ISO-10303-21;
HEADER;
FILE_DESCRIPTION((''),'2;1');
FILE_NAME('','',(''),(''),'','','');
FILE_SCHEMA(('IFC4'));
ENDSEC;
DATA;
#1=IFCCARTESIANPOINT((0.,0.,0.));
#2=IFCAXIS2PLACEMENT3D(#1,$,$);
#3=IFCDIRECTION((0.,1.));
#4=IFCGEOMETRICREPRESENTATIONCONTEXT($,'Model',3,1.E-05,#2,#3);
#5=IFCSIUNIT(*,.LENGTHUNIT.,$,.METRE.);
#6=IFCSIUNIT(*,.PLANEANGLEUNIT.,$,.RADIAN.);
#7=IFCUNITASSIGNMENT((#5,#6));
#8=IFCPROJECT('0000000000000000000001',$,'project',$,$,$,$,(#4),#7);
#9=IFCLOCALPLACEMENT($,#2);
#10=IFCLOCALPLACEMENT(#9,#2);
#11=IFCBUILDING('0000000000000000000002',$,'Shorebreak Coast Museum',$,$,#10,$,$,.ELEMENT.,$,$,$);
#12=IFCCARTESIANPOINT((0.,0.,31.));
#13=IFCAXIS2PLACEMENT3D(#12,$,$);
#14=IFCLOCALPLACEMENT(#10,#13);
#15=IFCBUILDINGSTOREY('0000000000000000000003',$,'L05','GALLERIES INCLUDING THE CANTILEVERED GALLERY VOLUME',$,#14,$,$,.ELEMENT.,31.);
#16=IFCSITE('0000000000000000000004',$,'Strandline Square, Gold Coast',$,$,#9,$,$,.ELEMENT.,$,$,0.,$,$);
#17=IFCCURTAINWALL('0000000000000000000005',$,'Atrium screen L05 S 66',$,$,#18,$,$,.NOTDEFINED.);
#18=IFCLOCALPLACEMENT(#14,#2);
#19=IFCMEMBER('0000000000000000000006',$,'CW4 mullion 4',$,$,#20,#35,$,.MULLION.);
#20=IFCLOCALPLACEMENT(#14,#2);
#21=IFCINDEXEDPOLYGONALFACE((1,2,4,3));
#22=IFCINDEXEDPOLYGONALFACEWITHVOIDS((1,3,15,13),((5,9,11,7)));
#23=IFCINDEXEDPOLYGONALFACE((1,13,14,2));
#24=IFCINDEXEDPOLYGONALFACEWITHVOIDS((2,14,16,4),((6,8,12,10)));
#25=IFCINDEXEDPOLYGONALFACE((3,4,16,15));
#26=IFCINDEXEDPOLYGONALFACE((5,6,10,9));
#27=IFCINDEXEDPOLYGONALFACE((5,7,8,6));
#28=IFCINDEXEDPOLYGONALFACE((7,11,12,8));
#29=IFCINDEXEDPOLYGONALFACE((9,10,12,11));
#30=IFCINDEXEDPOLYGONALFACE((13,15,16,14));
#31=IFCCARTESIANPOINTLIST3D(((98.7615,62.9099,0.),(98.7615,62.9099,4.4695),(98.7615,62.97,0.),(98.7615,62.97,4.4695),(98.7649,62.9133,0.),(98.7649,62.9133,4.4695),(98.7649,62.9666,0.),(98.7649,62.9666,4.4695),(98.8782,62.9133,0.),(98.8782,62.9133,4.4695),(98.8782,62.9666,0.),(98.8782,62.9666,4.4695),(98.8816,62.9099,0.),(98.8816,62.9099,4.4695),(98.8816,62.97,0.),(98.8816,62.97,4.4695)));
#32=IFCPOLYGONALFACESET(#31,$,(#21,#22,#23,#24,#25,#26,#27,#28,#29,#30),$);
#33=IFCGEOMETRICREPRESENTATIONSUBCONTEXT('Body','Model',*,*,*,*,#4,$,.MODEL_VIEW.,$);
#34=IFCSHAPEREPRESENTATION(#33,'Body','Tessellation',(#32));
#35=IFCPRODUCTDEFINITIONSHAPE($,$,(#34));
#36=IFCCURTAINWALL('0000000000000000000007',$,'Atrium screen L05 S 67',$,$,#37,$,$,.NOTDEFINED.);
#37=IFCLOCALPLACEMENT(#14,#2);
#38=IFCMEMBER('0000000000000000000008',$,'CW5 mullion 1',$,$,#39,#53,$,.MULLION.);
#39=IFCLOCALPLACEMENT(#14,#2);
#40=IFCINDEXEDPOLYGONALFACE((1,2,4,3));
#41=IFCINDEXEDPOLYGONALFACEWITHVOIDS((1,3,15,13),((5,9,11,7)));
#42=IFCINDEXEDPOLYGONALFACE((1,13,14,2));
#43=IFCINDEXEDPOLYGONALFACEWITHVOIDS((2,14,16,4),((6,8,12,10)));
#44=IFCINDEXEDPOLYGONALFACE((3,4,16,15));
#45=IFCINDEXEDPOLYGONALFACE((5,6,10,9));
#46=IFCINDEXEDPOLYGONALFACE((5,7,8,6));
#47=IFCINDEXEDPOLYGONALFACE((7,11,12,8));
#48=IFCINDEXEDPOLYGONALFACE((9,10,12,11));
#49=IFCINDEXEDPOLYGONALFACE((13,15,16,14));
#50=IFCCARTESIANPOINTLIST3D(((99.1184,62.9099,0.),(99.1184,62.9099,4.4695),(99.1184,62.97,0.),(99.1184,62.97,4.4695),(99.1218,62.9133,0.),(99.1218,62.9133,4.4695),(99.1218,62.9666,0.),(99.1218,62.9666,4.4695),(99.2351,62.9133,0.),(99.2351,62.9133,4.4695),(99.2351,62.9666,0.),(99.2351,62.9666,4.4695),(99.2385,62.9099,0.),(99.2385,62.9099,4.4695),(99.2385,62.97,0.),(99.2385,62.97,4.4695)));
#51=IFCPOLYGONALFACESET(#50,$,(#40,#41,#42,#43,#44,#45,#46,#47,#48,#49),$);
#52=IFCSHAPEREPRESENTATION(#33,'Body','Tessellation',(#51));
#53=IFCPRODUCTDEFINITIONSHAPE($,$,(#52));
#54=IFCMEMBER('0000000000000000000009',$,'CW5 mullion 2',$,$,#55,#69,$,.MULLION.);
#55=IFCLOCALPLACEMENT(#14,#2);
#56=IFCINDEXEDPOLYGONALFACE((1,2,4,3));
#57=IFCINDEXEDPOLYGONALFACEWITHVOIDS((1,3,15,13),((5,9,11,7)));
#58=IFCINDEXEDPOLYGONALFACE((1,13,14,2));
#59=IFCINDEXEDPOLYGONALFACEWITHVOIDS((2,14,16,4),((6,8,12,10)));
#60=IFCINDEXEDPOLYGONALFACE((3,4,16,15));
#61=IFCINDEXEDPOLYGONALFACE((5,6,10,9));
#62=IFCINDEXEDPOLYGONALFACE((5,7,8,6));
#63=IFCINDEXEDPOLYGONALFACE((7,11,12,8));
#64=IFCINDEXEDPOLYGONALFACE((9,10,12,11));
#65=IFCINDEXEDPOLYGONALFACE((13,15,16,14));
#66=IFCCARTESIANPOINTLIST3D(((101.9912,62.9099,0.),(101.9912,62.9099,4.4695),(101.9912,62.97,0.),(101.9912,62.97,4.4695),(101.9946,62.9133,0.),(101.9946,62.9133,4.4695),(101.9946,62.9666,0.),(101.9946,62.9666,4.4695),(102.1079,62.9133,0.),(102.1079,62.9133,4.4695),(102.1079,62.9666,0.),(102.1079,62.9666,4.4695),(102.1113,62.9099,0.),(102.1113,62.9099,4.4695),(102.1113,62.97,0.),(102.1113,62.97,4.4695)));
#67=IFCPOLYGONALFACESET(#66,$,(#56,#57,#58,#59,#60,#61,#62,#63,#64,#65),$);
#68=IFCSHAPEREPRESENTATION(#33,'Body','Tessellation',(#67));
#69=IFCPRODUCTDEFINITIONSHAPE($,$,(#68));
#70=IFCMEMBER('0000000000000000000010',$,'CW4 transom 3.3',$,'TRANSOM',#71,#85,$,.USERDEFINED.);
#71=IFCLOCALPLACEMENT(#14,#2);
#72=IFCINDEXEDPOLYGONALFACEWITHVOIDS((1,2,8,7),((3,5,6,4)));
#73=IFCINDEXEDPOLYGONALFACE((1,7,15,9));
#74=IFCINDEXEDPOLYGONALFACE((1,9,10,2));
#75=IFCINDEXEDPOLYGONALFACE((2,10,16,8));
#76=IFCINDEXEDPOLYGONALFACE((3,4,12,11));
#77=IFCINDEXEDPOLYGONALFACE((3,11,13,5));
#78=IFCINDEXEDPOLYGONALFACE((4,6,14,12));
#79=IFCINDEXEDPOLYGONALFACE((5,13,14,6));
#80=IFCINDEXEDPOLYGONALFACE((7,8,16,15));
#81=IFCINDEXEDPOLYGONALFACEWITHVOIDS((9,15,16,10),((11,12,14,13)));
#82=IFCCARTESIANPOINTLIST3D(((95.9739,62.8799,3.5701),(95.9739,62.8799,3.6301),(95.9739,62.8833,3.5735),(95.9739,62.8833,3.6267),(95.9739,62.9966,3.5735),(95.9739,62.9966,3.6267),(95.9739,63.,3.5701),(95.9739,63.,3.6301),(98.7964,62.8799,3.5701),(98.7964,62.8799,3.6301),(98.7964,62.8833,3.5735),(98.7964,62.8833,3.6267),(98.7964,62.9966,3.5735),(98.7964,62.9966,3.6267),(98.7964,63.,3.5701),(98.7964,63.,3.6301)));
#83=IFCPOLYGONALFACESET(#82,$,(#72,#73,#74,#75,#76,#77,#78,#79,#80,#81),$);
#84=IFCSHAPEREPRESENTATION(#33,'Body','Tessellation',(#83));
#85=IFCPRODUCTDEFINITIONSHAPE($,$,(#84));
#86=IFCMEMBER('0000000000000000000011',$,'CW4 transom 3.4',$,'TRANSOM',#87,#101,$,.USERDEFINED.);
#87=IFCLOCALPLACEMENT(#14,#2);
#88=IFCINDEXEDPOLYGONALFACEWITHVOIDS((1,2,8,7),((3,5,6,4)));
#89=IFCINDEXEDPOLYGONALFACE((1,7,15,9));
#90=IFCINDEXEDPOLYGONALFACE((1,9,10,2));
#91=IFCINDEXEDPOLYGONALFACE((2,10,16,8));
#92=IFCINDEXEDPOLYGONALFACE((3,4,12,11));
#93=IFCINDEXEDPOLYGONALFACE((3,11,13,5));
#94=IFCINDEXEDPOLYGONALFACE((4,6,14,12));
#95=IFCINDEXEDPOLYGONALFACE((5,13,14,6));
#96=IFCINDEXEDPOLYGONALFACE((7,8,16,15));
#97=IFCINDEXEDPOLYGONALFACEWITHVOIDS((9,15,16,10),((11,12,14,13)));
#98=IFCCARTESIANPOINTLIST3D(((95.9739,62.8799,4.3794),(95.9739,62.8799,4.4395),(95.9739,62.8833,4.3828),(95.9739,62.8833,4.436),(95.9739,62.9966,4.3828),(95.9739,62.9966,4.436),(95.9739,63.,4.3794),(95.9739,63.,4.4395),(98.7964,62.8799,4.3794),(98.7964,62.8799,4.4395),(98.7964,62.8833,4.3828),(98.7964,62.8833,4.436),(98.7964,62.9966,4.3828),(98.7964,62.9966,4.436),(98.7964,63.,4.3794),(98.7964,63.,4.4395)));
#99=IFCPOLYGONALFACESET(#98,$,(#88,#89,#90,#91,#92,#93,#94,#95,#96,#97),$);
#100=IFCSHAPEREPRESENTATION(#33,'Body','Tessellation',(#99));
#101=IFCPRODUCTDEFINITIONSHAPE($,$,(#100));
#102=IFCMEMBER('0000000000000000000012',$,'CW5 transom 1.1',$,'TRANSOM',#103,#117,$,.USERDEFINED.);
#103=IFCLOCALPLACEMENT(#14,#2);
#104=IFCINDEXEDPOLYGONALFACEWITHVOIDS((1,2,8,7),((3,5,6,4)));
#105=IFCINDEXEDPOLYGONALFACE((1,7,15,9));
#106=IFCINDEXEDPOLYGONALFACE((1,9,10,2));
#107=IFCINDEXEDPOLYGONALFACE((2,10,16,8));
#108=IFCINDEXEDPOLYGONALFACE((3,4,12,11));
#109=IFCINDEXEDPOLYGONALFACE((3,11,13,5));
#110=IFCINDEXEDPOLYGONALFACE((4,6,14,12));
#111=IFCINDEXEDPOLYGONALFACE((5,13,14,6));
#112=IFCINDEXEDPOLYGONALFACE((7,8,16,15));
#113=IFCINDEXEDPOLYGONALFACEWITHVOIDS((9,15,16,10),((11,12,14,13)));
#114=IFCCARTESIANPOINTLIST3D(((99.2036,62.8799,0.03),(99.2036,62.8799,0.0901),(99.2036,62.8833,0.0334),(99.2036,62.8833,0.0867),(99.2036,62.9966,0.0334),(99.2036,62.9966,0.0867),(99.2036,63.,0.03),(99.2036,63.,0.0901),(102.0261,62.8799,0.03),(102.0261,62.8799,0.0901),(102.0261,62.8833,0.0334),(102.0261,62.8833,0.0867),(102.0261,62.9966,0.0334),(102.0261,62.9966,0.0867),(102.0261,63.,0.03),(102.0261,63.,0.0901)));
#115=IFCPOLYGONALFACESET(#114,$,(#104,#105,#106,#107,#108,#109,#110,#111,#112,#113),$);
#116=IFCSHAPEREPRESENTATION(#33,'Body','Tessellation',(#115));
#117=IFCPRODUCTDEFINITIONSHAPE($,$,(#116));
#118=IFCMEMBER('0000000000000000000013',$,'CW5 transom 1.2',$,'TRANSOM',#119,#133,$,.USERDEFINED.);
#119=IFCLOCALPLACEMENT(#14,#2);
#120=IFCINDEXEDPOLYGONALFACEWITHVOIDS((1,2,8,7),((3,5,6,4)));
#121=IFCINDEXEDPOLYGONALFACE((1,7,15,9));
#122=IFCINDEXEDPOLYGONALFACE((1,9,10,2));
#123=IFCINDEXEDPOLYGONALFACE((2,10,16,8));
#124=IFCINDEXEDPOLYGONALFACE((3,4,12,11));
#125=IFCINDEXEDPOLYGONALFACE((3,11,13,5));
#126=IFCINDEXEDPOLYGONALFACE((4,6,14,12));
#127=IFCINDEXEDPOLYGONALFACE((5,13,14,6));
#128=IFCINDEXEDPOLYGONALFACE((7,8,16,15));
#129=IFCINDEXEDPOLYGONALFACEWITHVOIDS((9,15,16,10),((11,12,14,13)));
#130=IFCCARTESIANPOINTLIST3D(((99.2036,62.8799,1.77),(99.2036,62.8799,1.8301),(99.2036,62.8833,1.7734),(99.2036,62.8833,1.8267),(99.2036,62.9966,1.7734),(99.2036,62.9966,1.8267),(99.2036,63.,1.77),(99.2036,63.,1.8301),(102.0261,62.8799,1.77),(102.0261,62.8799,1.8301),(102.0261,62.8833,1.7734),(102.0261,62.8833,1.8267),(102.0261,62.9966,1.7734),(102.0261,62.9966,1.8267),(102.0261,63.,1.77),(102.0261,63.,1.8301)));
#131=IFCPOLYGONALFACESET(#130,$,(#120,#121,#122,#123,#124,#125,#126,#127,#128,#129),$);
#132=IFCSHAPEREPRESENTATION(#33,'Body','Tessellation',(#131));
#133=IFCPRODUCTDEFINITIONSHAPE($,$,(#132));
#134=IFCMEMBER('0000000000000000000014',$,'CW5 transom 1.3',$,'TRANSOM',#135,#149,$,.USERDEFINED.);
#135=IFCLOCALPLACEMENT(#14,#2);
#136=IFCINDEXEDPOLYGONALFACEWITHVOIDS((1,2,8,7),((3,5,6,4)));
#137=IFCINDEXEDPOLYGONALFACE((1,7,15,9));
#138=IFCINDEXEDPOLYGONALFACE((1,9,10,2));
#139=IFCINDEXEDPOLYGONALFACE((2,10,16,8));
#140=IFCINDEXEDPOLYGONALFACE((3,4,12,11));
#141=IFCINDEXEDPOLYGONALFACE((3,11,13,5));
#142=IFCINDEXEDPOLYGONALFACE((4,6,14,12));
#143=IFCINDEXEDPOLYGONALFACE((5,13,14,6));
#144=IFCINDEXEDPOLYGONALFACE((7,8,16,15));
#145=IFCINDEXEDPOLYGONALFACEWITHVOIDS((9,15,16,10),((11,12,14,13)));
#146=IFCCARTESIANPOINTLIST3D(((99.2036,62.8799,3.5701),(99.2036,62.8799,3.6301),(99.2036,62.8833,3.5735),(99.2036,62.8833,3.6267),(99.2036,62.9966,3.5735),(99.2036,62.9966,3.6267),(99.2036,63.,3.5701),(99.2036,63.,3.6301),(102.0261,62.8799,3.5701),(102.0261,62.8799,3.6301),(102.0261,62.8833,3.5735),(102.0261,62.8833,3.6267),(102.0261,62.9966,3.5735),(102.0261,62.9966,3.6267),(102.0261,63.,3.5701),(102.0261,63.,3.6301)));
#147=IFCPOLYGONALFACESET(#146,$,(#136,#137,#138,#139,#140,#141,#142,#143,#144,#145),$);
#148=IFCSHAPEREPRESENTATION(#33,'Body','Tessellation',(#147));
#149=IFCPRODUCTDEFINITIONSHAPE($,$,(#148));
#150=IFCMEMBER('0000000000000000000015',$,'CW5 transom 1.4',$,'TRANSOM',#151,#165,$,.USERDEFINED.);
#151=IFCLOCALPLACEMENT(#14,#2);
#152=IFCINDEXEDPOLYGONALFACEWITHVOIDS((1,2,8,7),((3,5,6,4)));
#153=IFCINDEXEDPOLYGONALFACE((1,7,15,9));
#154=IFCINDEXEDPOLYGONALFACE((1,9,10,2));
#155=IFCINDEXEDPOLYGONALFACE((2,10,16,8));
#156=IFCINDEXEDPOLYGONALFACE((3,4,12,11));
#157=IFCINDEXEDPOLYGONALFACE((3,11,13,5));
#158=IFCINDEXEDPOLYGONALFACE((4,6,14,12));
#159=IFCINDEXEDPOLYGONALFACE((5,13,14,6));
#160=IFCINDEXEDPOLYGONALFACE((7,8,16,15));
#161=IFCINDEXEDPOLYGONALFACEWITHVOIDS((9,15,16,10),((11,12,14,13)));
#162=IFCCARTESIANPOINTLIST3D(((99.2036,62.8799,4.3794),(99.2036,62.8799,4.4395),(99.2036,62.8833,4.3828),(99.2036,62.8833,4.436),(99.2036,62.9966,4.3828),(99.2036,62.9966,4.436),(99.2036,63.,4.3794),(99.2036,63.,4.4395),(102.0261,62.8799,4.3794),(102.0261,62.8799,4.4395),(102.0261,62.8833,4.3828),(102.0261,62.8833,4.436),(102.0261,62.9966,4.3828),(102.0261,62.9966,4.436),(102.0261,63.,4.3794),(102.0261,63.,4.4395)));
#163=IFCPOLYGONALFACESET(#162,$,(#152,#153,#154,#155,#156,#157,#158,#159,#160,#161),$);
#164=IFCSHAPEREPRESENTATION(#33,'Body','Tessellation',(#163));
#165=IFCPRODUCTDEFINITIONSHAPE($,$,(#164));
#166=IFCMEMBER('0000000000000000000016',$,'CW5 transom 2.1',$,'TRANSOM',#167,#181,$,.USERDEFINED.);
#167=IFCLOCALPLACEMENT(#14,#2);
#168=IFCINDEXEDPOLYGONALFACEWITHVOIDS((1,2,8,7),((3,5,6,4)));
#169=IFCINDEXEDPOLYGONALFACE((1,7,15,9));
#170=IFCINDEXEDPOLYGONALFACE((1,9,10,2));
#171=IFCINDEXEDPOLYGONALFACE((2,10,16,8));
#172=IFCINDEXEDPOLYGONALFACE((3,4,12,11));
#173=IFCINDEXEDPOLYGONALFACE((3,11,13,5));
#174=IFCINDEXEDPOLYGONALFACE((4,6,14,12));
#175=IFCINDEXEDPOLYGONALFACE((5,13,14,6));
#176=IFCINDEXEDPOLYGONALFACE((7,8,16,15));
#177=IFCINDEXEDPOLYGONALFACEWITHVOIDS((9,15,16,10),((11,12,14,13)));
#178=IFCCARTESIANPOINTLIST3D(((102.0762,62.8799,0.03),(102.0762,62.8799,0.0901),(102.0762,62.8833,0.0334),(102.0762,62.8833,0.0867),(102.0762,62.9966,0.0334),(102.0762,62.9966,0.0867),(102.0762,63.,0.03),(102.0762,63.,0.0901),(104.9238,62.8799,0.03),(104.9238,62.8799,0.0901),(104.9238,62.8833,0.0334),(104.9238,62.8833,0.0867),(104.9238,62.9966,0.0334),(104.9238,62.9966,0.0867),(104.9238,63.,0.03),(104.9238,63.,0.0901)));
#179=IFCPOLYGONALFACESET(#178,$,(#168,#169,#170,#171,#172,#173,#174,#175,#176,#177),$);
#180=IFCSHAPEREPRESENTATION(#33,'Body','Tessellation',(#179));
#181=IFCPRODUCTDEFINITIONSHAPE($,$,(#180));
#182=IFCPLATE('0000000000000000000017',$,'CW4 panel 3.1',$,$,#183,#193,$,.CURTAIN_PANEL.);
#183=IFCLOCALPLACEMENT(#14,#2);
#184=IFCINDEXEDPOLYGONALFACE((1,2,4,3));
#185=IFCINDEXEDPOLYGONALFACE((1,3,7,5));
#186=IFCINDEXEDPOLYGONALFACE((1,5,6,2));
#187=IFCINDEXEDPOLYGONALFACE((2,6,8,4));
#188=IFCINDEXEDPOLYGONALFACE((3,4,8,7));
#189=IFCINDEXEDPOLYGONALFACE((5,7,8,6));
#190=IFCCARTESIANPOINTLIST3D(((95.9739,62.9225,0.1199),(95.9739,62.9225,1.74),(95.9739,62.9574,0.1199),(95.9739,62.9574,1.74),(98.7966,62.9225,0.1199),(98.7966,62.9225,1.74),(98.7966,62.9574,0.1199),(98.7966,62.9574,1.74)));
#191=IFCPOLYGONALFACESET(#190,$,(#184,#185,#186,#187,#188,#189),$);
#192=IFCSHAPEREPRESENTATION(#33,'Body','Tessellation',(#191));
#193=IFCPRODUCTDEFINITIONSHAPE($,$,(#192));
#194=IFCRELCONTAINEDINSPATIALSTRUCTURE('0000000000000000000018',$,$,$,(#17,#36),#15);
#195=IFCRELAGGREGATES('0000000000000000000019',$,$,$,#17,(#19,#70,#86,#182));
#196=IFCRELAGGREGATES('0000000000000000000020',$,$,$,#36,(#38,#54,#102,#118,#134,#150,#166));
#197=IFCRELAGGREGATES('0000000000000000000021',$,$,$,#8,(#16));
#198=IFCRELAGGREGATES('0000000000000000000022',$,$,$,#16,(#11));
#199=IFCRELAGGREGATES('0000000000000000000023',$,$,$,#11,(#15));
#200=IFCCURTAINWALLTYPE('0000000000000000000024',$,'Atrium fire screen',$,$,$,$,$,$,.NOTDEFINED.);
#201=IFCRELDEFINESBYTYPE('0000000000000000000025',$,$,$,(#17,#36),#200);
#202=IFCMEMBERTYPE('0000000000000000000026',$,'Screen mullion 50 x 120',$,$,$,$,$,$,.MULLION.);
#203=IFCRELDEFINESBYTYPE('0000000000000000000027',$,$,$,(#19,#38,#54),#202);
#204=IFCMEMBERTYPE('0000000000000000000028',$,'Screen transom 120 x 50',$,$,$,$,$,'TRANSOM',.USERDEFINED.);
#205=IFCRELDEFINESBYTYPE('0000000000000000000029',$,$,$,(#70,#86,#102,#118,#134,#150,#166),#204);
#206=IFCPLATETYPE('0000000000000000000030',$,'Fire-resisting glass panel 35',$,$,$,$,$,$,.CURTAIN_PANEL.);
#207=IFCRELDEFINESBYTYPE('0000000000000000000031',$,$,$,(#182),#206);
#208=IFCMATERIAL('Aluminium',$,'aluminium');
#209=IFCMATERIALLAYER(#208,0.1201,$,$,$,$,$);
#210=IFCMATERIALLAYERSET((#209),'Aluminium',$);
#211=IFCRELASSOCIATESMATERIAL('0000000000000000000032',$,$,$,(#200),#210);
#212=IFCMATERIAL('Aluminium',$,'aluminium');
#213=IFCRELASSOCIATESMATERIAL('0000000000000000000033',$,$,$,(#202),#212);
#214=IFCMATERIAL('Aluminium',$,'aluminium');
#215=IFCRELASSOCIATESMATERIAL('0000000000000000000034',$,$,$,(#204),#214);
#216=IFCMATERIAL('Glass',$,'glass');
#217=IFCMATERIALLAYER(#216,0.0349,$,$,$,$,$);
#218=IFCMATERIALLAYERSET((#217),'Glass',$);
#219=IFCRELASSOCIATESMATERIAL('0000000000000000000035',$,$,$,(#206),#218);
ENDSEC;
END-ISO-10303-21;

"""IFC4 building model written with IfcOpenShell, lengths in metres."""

from ifc_helpers import new_model, si_unit, direction, frame, origin, origin_2d, place, context, subcontext, project, spatial, rectangle, hollow_rectangle, extrude, material, layer, layer_set, material_profile, profile_set, type_object, element, aggregate, save


model = new_model("IFC4")

# Units and contexts
model_context = context("Model", 3, precision=1e-05, world=origin(), true_north=direction((0.0, 1.0)))
body_context = subcontext(model_context, "Body", "Model", "MODEL_VIEW")
ifc_project = project(units=[si_unit("LENGTHUNIT", "METRE"), si_unit("PLANEANGLEUNIT", "RADIAN")], contexts=[model_context])

# Site, building, storey
site_placement = place(None, origin())
site = spatial("IfcSite", under=ifc_project, at=site_placement, Name="Strandline Square, Gold Coast", CompositionType="ELEMENT", RefElevation=0.0)
building_placement = place(site_placement, origin())
building = spatial("IfcBuilding", under=site, at=building_placement, Name="Shorebreak Coast Museum", CompositionType="ELEMENT")
storey_placement = place(building_placement, frame((0.0, 0.0, 31.0)))
storey = spatial("IfcBuildingStorey", under=building, at=storey_placement, Name="L05", Description="GALLERIES INCLUDING THE CANTILEVERED GALLERY VOLUME", CompositionType="ELEMENT", Elevation=31.0)

# Curtain wall, member
ifc_material_1 = material(Name="Aluminium", Category="aluminium")
ifc_layer_1 = layer(ifc_material_1, 0.1201)
ifc_layer_set_1 = layer_set([ifc_layer_1], Name="Aluminium")
curtain_wall_type = type_object("IfcCurtainWallType", Name="Atrium fire screen", PredefinedType="NOTDEFINED", material=ifc_layer_set_1)
curtain_wall_1_placement = place(storey_placement, origin())
curtain_wall_1 = element("IfcCurtainWall", 1, at=curtain_wall_1_placement, inside=storey, type_object=curtain_wall_type, Name="Atrium screen L05 S 66", PredefinedType="NOTDEFINED")
ifc_material_2 = material(Name="Aluminium", Category="aluminium")
ifc_material_profile_1 = material_profile(ifc_material_2, hollow_rectangle(XDim=0.0601, YDim=0.1201, WallThickness=0.0034, at=origin_2d()), Name="AL 120x60 RHS")
ifc_profile_set_1 = profile_set([ifc_material_profile_1], Name="Aluminium")
member_type_1 = type_object("IfcMemberType", Name="Screen mullion 50 x 120", PredefinedType="MULLION", material=ifc_profile_set_1)
member_1_placement = place(storey_placement, frame((98.8215, 62.9399, 0.0), z_axis=(0.0, 0.0, 1.0), x_axis=(0.0, 1.0, 0.0)))
member_1 = element("IfcMember", 2, at=member_1_placement, type_object=member_type_1, Name="CW4 mullion 4", PredefinedType="MULLION", context=body_context, shape_type="SweptSolid", body=[
    extrude(hollow_rectangle(XDim=0.0601, YDim=0.1201, WallThickness=0.0034, at=origin_2d()), origin(), (0.0, 0.0, 1.0), 4.4695),
])

# Curtain wall, members
curtain_wall_2_placement = place(storey_placement, origin())
curtain_wall_2 = element("IfcCurtainWall", 3, at=curtain_wall_2_placement, inside=storey, type_object=curtain_wall_type, Name="Atrium screen L05 S 67", PredefinedType="NOTDEFINED")
member_2_placement = place(storey_placement, frame((99.1785, 62.9399, 0.0), z_axis=(0.0, 0.0, 1.0), x_axis=(0.0, 1.0, 0.0)))
member_2 = element("IfcMember", 4, at=member_2_placement, type_object=member_type_1, Name="CW5 mullion 1", PredefinedType="MULLION", context=body_context, shape_type="SweptSolid", body=[
    extrude(hollow_rectangle(XDim=0.0601, YDim=0.1201, WallThickness=0.0034, at=origin_2d()), origin(), (0.0, 0.0, 1.0), 4.4695),
])
member_3_placement = place(storey_placement, frame((102.0513, 62.9399, 0.0), z_axis=(0.0, 0.0, 1.0), x_axis=(0.0, 1.0, 0.0)))
member_3 = element("IfcMember", 5, at=member_3_placement, type_object=member_type_1, Name="CW5 mullion 2", PredefinedType="MULLION", context=body_context, shape_type="SweptSolid", body=[
    extrude(hollow_rectangle(XDim=0.0601, YDim=0.1201, WallThickness=0.0034, at=origin_2d()), origin(), (0.0, 0.0, 1.0), 4.4695),
])

# Members
ifc_material_3 = material(Name="Aluminium", Category="aluminium")
ifc_material_profile_2 = material_profile(ifc_material_3, hollow_rectangle(XDim=0.1201, YDim=0.0601, WallThickness=0.0034, at=origin_2d()), Name="AL 60x120 RHS")
ifc_profile_set_2 = profile_set([ifc_material_profile_2], Name="Aluminium")
member_type_2 = type_object("IfcMemberType", Name="Screen transom 120 x 50", ElementType="TRANSOM", PredefinedType="USERDEFINED", material=ifc_profile_set_2)
member_4_placement = place(storey_placement, frame((95.9739, 62.9399, 3.6001), z_axis=(1.0, 0.0, 0.0), x_axis=(0.0, 1.0, 0.0)))
member_4 = element("IfcMember", 6, at=member_4_placement, type_object=member_type_2, Name="CW4 transom 3.3", ObjectType="TRANSOM", PredefinedType="USERDEFINED", context=body_context, shape_type="SweptSolid", body=[
    extrude(hollow_rectangle(XDim=0.1201, YDim=0.0601, WallThickness=0.0034, at=origin_2d()), origin(), (0.0, 0.0, 1.0), 2.8225),
])
member_5_placement = place(storey_placement, frame((95.9739, 62.9399, 4.4094), z_axis=(1.0, 0.0, 0.0), x_axis=(0.0, 1.0, 0.0)))
member_5 = element("IfcMember", 7, at=member_5_placement, type_object=member_type_2, Name="CW4 transom 3.4", ObjectType="TRANSOM", PredefinedType="USERDEFINED", context=body_context, shape_type="SweptSolid", body=[
    extrude(hollow_rectangle(XDim=0.1201, YDim=0.0601, WallThickness=0.0034, at=origin_2d()), origin(), (0.0, 0.0, 1.0), 2.8225),
])
member_6_placement = place(storey_placement, frame((99.2036, 62.9399, 0.0601), z_axis=(1.0, 0.0, 0.0), x_axis=(0.0, 1.0, 0.0)))
member_6 = element("IfcMember", 8, at=member_6_placement, type_object=member_type_2, Name="CW5 transom 1.1", ObjectType="TRANSOM", PredefinedType="USERDEFINED", context=body_context, shape_type="SweptSolid", body=[
    extrude(hollow_rectangle(XDim=0.1201, YDim=0.0601, WallThickness=0.0034, at=origin_2d()), origin(), (0.0, 0.0, 1.0), 2.8225),
])
member_7_placement = place(storey_placement, frame((99.2036, 62.9399, 1.8), z_axis=(1.0, 0.0, 0.0), x_axis=(0.0, 1.0, 0.0)))
member_7 = element("IfcMember", 9, at=member_7_placement, type_object=member_type_2, Name="CW5 transom 1.2", ObjectType="TRANSOM", PredefinedType="USERDEFINED", context=body_context, shape_type="SweptSolid", body=[
    extrude(hollow_rectangle(XDim=0.1201, YDim=0.0601, WallThickness=0.0034, at=origin_2d()), origin(), (0.0, 0.0, 1.0), 2.8225),
])
member_8_placement = place(storey_placement, frame((99.2036, 62.9399, 3.6001), z_axis=(1.0, 0.0, 0.0), x_axis=(0.0, 1.0, 0.0)))
member_8 = element("IfcMember", 10, at=member_8_placement, type_object=member_type_2, Name="CW5 transom 1.3", ObjectType="TRANSOM", PredefinedType="USERDEFINED", context=body_context, shape_type="SweptSolid", body=[
    extrude(hollow_rectangle(XDim=0.1201, YDim=0.0601, WallThickness=0.0034, at=origin_2d()), origin(), (0.0, 0.0, 1.0), 2.8225),
])
member_9_placement = place(storey_placement, frame((99.2036, 62.9399, 4.4094), z_axis=(1.0, 0.0, 0.0), x_axis=(0.0, 1.0, 0.0)))
member_9 = element("IfcMember", 11, at=member_9_placement, type_object=member_type_2, Name="CW5 transom 1.4", ObjectType="TRANSOM", PredefinedType="USERDEFINED", context=body_context, shape_type="SweptSolid", body=[
    extrude(hollow_rectangle(XDim=0.1201, YDim=0.0601, WallThickness=0.0034, at=origin_2d()), origin(), (0.0, 0.0, 1.0), 2.8225),
])
member_10_placement = place(storey_placement, frame((102.0762, 62.9399, 0.0601), z_axis=(1.0, 0.0, 0.0), x_axis=(0.0, 1.0, 0.0)))
member_10 = element("IfcMember", 12, at=member_10_placement, type_object=member_type_2, Name="CW5 transom 2.1", ObjectType="TRANSOM", PredefinedType="USERDEFINED", context=body_context, shape_type="SweptSolid", body=[
    extrude(hollow_rectangle(XDim=0.1201, YDim=0.0601, WallThickness=0.0034, at=origin_2d()), origin(), (0.0, 0.0, 1.0), 2.8477),
])

# Plate
ifc_material_4 = material(Name="Glass", Category="glass")
ifc_layer_2 = layer(ifc_material_4, 0.0349)
ifc_layer_set_2 = layer_set([ifc_layer_2], Name="Glass")
plate_type = type_object("IfcPlateType", Name="Fire-resisting glass panel 35", PredefinedType="CURTAIN_PANEL", material=ifc_layer_set_2)
plate_1_placement = place(storey_placement, frame((97.3853, 62.9399, 0.1199), z_axis=(0.0, 0.0, 1.0), x_axis=(1.0, 0.0, 0.0)))
plate_1 = element("IfcPlate", 13, at=plate_1_placement, type_object=plate_type, Name="CW4 panel 3.1", PredefinedType="CURTAIN_PANEL", context=body_context, shape_type="SweptSolid", body=[
    extrude(rectangle(XDim=2.8228, YDim=0.0349, at=origin_2d()), origin(), (0.0, 0.0, 1.0), 1.6201),
])
aggregate(curtain_wall_1, [member_1, member_4, member_5, plate_1])
aggregate(curtain_wall_2, [member_2, member_3, member_6, member_7, member_8, member_9, member_10])

save(model, "model.ifc")
